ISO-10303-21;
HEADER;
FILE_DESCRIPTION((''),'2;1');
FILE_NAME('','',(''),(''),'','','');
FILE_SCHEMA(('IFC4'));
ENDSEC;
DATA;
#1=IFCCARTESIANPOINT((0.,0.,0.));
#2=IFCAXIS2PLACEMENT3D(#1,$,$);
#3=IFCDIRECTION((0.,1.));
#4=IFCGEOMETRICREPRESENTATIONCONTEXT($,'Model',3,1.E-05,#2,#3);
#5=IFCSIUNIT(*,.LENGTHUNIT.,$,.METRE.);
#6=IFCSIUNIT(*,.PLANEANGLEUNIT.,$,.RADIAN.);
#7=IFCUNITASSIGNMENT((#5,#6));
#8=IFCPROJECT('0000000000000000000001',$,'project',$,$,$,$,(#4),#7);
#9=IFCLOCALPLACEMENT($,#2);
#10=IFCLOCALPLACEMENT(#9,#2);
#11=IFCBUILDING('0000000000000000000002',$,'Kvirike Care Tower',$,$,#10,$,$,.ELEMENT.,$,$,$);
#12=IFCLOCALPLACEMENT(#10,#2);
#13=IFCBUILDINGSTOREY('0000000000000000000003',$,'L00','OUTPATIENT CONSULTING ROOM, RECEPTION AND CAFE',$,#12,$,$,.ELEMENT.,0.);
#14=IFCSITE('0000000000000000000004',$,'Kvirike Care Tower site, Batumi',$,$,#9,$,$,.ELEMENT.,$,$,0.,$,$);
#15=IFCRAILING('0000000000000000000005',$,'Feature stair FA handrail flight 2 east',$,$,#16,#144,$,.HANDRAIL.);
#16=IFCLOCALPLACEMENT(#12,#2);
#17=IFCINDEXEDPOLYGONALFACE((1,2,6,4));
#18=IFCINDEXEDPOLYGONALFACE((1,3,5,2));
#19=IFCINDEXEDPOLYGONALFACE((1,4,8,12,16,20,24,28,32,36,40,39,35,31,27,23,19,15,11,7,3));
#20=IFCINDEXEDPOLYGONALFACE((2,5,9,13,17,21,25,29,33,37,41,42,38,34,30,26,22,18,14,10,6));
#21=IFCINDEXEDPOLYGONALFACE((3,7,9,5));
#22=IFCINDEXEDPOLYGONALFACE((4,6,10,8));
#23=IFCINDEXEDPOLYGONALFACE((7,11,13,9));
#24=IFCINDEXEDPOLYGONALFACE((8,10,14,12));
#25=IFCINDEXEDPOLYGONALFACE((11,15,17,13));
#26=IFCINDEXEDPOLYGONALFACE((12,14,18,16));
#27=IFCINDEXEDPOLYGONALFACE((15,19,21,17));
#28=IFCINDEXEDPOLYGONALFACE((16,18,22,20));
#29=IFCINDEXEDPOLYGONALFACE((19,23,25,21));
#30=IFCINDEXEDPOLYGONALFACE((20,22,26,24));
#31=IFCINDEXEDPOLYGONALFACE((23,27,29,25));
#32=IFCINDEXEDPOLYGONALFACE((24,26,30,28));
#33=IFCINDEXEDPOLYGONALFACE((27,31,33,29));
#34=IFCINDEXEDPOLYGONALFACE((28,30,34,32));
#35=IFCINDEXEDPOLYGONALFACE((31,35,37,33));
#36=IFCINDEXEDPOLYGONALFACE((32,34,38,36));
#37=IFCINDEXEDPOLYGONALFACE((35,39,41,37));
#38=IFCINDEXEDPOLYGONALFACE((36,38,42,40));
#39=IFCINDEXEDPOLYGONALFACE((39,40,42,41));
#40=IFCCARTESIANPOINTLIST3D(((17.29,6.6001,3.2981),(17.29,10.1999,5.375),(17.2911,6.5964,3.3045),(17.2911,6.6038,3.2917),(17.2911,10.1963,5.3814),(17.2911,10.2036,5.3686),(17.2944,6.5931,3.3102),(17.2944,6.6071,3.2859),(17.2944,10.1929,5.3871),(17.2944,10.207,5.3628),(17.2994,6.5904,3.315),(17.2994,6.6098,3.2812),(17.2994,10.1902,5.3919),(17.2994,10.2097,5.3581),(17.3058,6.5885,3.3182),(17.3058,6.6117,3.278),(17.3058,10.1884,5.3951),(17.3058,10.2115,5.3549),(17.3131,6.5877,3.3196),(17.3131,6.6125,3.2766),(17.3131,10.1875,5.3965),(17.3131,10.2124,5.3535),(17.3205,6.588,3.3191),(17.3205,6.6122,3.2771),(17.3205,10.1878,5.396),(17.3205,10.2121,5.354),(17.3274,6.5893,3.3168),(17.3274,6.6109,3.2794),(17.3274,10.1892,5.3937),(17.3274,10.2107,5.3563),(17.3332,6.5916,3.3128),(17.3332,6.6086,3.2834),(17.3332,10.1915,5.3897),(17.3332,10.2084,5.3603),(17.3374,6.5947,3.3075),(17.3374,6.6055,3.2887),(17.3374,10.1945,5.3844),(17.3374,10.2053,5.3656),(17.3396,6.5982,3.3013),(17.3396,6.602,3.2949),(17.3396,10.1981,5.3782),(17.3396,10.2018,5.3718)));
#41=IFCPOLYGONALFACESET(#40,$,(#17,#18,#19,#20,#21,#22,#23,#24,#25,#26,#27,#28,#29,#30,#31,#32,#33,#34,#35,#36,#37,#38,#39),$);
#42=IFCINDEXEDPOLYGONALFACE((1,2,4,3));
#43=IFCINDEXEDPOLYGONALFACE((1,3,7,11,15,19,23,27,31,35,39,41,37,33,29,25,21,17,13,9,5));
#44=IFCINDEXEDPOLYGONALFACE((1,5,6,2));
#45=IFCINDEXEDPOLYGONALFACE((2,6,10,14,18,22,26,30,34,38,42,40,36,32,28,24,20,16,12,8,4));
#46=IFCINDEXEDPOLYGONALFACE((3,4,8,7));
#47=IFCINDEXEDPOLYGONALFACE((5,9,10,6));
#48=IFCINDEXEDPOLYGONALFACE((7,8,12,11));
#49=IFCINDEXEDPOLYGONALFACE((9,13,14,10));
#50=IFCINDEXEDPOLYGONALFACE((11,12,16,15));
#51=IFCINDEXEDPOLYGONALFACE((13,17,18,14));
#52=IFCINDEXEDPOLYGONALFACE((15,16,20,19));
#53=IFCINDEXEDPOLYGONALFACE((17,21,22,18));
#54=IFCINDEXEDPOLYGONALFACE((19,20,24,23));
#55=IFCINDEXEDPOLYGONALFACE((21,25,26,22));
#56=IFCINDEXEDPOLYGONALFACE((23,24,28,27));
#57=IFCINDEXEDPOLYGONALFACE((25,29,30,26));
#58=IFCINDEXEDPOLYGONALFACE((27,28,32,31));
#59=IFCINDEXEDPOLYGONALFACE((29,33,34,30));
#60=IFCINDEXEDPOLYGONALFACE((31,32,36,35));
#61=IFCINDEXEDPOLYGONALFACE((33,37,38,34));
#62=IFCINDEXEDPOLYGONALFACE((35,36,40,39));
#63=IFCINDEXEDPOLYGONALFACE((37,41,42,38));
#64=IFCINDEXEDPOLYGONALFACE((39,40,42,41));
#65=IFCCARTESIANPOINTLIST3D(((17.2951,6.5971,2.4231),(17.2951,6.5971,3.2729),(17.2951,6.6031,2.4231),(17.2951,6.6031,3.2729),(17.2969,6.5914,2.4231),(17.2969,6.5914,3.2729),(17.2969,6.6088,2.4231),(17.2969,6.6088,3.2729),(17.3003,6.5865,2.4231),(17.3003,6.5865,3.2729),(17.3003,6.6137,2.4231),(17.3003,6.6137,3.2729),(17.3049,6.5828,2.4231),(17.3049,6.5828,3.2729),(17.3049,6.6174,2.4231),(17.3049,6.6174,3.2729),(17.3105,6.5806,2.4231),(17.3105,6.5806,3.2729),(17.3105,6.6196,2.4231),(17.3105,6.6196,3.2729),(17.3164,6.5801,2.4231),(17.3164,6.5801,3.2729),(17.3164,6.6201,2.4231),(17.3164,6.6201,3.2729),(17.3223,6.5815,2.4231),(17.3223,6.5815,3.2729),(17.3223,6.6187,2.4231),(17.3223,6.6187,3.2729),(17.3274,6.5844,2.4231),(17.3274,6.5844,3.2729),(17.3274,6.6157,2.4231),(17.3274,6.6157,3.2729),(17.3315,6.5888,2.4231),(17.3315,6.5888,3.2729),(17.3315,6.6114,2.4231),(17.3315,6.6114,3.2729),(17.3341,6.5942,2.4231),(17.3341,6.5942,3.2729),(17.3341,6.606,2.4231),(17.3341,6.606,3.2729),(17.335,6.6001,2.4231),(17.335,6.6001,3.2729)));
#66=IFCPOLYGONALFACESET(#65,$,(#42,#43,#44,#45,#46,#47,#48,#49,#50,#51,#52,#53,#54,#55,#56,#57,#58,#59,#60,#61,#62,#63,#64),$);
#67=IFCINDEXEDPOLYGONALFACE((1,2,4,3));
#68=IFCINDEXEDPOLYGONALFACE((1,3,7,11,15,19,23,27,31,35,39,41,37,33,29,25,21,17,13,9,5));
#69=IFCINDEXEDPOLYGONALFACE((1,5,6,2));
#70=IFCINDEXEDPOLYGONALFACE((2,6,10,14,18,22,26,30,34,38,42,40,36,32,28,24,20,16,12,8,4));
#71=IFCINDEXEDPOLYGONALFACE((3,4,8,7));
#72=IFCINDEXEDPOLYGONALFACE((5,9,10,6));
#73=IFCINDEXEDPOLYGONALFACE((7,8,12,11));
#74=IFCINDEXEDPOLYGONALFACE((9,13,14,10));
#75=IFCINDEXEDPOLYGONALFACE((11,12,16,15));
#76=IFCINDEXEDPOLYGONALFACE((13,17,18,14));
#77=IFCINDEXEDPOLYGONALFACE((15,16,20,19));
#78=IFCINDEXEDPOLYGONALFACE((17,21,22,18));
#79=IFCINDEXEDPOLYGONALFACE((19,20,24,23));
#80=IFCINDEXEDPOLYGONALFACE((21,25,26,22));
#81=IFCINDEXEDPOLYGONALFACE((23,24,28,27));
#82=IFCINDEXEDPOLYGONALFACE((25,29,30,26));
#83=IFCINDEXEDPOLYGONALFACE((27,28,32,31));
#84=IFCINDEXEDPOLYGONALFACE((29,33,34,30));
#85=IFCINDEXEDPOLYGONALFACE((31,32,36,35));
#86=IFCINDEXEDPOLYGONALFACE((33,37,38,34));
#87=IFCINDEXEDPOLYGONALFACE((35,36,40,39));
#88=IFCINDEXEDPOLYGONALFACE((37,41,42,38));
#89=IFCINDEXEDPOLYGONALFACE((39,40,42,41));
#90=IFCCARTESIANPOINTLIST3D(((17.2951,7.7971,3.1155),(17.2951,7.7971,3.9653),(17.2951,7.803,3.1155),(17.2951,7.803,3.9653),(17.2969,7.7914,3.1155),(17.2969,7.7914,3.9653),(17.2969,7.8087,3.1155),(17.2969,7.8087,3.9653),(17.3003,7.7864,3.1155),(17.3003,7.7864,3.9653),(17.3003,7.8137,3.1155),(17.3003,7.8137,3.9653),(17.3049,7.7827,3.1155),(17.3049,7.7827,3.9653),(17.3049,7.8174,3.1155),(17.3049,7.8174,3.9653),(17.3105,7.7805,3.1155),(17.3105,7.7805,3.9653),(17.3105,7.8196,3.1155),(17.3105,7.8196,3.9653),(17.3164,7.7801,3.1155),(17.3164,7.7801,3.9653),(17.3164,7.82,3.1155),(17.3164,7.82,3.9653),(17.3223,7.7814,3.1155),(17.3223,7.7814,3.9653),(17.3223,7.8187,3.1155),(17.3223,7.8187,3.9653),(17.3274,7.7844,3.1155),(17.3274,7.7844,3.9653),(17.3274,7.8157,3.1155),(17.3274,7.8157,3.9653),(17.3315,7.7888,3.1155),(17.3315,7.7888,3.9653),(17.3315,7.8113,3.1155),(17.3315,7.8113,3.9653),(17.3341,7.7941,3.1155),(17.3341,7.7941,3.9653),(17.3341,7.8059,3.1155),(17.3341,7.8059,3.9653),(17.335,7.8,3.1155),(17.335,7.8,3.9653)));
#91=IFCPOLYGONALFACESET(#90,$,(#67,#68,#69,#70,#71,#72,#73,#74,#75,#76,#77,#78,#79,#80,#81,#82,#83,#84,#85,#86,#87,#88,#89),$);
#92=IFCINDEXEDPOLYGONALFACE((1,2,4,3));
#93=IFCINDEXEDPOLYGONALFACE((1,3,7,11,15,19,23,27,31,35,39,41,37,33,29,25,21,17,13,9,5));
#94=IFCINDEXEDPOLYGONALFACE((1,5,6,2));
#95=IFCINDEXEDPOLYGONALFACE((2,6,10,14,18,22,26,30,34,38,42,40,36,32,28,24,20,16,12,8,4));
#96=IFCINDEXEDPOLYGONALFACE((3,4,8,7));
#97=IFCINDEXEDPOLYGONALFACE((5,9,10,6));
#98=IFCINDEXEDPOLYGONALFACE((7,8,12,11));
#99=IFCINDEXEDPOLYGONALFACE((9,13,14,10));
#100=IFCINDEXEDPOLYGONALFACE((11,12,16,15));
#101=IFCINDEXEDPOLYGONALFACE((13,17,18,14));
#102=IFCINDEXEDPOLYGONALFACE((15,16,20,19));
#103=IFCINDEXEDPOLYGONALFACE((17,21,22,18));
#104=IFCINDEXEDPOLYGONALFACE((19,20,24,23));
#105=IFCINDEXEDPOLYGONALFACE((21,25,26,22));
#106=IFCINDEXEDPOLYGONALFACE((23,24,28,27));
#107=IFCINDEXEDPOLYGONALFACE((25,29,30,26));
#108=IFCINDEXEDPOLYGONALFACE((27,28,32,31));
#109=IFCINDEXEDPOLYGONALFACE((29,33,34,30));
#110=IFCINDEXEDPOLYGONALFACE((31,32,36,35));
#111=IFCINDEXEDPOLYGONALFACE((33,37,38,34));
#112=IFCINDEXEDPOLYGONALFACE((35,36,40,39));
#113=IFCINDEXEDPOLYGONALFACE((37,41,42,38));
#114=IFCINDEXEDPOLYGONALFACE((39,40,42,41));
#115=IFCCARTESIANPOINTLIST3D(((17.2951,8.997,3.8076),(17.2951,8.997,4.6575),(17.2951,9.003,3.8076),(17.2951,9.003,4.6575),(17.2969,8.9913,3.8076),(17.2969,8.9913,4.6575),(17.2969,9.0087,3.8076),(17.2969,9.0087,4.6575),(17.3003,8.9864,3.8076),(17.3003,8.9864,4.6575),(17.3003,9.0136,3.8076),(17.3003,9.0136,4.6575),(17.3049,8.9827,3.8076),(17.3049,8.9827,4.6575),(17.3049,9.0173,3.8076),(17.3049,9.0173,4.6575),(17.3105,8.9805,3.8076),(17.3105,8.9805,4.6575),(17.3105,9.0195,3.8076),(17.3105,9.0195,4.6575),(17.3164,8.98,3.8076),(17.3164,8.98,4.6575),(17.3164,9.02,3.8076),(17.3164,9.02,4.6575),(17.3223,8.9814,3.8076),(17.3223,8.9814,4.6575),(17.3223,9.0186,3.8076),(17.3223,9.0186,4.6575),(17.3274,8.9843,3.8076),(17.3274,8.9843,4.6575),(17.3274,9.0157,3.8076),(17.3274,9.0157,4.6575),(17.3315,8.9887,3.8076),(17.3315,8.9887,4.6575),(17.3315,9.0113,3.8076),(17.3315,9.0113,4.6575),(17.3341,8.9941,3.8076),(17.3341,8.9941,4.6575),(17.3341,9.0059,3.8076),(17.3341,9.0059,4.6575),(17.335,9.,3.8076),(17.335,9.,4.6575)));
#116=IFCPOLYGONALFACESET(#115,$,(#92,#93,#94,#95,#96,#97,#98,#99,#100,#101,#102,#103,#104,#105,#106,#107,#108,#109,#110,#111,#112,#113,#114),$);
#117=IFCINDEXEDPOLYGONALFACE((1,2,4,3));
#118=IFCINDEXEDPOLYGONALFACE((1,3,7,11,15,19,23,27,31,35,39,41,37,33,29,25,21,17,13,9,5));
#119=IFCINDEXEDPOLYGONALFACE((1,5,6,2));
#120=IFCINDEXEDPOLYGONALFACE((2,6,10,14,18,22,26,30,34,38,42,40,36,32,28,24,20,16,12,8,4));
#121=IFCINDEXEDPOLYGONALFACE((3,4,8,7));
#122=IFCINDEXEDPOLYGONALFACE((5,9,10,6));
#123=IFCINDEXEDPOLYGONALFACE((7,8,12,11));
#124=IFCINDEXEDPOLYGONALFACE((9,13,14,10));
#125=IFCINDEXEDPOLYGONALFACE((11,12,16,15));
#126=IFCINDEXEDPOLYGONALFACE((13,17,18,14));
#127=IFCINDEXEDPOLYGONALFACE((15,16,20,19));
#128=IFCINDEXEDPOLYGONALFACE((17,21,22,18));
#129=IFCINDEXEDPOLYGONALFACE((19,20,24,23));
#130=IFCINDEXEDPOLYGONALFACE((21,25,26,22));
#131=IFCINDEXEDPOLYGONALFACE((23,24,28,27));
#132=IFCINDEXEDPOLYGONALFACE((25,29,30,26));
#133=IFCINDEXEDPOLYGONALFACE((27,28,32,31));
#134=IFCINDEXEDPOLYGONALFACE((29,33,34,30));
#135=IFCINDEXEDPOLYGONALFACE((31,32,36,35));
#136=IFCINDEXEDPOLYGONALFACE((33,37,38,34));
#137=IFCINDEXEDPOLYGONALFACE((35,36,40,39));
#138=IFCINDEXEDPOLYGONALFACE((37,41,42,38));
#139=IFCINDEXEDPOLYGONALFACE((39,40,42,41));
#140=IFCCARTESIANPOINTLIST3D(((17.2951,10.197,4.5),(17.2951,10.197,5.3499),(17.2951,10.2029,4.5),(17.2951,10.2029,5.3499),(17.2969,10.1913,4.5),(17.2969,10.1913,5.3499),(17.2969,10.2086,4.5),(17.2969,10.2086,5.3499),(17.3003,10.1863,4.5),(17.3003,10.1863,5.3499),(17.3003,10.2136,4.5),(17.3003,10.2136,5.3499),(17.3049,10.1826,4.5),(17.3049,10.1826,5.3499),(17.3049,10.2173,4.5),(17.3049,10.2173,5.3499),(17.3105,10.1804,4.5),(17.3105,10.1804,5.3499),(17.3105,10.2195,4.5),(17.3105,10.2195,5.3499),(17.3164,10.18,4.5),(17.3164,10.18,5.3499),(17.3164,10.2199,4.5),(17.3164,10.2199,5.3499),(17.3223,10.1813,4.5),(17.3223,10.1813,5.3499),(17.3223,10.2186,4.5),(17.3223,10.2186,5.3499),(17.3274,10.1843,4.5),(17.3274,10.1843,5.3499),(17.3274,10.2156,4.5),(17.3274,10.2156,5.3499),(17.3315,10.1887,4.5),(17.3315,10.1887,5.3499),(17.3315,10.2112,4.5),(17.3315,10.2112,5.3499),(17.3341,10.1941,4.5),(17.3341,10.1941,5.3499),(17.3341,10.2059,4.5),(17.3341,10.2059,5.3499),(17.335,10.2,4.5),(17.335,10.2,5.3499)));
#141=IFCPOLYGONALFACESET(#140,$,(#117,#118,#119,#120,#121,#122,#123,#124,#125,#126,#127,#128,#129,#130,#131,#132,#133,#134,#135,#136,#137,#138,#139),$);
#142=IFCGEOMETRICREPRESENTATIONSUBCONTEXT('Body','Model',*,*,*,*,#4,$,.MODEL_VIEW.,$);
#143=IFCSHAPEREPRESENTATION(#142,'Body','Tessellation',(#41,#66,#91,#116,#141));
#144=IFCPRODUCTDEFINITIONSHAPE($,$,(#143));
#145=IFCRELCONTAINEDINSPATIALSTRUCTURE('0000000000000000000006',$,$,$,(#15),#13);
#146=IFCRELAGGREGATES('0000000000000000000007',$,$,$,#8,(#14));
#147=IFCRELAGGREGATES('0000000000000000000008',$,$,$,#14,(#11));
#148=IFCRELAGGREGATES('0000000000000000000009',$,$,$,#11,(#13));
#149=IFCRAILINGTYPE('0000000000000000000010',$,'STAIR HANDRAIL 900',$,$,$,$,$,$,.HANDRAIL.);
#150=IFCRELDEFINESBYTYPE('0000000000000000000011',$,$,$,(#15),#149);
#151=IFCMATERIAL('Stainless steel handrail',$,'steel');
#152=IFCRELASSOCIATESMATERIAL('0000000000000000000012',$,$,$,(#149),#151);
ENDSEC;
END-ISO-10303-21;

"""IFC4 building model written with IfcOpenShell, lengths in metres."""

from ifc_helpers import new_model, si_unit, direction, frame, origin, origin_2d, place, context, subcontext, project, spatial, circle, extrude, material, type_object, element, save


model = new_model("IFC4")

# Units and contexts
model_context = context("Model", 3, precision=1e-05, world=origin(), true_north=direction((0.0, 1.0)))
body_context = subcontext(model_context, "Body", "Model", "MODEL_VIEW")
ifc_project = project(units=[si_unit("LENGTHUNIT", "METRE"), si_unit("PLANEANGLEUNIT", "RADIAN")], contexts=[model_context])

# Site, building, storey
site_placement = place(None, origin())
site = spatial("IfcSite", under=ifc_project, at=site_placement, Name="Kvirike Care Tower site, Batumi", CompositionType="ELEMENT", RefElevation=0.0)
building_placement = place(site_placement, origin())
building = spatial("IfcBuilding", under=site, at=building_placement, Name="Kvirike Care Tower", CompositionType="ELEMENT")
storey_placement = place(building_placement, origin())
storey = spatial("IfcBuildingStorey", under=building, at=storey_placement, Name="L00", Description="OUTPATIENT CONSULTING ROOM, RECEPTION AND CAFE", CompositionType="ELEMENT", Elevation=0.0)

# Railing
ifc_material_1 = material(Name="Stainless steel handrail", Category="steel")
railing_type_1 = type_object("IfcRailingType", Name="STAIR HANDRAIL 900", PredefinedType="HANDRAIL", material=ifc_material_1)
railing_1_placement = place(storey_placement, frame((17.3149, 6.6001, 2.4231)))
element("IfcRailing", 1, at=railing_1_placement, inside=storey, type_object=railing_type_1, Name="Feature stair FA handrail flight 2 east", PredefinedType="HANDRAIL", context=body_context, shape_type="SweptSolid", body=[
    extrude(circle(Radius=0.0249, at=origin_2d()), frame((0.0, 0.0, 0.875), z_axis=(0.0, 0.866179, 0.499734), x_axis=(-1.0, 0.0, 0.0)), (0.0, 0.0, 1.0), 4.156),
    extrude(circle(Radius=0.02, at=origin_2d()), origin(), (0.0, 0.0, 1.0), 0.8499),
    extrude(circle(Radius=0.02, at=origin_2d()), frame((0.0, 1.2, 0.6924)), (0.0, 0.0, 1.0), 0.8499),
    extrude(circle(Radius=0.02, at=origin_2d()), frame((0.0, 2.3999, 1.3845)), (0.0, 0.0, 1.0), 0.8499),
    extrude(circle(Radius=0.02, at=origin_2d()), frame((0.0, 3.5999, 2.0769)), (0.0, 0.0, 1.0), 0.8499),
])

save(model, "model.ifc")
